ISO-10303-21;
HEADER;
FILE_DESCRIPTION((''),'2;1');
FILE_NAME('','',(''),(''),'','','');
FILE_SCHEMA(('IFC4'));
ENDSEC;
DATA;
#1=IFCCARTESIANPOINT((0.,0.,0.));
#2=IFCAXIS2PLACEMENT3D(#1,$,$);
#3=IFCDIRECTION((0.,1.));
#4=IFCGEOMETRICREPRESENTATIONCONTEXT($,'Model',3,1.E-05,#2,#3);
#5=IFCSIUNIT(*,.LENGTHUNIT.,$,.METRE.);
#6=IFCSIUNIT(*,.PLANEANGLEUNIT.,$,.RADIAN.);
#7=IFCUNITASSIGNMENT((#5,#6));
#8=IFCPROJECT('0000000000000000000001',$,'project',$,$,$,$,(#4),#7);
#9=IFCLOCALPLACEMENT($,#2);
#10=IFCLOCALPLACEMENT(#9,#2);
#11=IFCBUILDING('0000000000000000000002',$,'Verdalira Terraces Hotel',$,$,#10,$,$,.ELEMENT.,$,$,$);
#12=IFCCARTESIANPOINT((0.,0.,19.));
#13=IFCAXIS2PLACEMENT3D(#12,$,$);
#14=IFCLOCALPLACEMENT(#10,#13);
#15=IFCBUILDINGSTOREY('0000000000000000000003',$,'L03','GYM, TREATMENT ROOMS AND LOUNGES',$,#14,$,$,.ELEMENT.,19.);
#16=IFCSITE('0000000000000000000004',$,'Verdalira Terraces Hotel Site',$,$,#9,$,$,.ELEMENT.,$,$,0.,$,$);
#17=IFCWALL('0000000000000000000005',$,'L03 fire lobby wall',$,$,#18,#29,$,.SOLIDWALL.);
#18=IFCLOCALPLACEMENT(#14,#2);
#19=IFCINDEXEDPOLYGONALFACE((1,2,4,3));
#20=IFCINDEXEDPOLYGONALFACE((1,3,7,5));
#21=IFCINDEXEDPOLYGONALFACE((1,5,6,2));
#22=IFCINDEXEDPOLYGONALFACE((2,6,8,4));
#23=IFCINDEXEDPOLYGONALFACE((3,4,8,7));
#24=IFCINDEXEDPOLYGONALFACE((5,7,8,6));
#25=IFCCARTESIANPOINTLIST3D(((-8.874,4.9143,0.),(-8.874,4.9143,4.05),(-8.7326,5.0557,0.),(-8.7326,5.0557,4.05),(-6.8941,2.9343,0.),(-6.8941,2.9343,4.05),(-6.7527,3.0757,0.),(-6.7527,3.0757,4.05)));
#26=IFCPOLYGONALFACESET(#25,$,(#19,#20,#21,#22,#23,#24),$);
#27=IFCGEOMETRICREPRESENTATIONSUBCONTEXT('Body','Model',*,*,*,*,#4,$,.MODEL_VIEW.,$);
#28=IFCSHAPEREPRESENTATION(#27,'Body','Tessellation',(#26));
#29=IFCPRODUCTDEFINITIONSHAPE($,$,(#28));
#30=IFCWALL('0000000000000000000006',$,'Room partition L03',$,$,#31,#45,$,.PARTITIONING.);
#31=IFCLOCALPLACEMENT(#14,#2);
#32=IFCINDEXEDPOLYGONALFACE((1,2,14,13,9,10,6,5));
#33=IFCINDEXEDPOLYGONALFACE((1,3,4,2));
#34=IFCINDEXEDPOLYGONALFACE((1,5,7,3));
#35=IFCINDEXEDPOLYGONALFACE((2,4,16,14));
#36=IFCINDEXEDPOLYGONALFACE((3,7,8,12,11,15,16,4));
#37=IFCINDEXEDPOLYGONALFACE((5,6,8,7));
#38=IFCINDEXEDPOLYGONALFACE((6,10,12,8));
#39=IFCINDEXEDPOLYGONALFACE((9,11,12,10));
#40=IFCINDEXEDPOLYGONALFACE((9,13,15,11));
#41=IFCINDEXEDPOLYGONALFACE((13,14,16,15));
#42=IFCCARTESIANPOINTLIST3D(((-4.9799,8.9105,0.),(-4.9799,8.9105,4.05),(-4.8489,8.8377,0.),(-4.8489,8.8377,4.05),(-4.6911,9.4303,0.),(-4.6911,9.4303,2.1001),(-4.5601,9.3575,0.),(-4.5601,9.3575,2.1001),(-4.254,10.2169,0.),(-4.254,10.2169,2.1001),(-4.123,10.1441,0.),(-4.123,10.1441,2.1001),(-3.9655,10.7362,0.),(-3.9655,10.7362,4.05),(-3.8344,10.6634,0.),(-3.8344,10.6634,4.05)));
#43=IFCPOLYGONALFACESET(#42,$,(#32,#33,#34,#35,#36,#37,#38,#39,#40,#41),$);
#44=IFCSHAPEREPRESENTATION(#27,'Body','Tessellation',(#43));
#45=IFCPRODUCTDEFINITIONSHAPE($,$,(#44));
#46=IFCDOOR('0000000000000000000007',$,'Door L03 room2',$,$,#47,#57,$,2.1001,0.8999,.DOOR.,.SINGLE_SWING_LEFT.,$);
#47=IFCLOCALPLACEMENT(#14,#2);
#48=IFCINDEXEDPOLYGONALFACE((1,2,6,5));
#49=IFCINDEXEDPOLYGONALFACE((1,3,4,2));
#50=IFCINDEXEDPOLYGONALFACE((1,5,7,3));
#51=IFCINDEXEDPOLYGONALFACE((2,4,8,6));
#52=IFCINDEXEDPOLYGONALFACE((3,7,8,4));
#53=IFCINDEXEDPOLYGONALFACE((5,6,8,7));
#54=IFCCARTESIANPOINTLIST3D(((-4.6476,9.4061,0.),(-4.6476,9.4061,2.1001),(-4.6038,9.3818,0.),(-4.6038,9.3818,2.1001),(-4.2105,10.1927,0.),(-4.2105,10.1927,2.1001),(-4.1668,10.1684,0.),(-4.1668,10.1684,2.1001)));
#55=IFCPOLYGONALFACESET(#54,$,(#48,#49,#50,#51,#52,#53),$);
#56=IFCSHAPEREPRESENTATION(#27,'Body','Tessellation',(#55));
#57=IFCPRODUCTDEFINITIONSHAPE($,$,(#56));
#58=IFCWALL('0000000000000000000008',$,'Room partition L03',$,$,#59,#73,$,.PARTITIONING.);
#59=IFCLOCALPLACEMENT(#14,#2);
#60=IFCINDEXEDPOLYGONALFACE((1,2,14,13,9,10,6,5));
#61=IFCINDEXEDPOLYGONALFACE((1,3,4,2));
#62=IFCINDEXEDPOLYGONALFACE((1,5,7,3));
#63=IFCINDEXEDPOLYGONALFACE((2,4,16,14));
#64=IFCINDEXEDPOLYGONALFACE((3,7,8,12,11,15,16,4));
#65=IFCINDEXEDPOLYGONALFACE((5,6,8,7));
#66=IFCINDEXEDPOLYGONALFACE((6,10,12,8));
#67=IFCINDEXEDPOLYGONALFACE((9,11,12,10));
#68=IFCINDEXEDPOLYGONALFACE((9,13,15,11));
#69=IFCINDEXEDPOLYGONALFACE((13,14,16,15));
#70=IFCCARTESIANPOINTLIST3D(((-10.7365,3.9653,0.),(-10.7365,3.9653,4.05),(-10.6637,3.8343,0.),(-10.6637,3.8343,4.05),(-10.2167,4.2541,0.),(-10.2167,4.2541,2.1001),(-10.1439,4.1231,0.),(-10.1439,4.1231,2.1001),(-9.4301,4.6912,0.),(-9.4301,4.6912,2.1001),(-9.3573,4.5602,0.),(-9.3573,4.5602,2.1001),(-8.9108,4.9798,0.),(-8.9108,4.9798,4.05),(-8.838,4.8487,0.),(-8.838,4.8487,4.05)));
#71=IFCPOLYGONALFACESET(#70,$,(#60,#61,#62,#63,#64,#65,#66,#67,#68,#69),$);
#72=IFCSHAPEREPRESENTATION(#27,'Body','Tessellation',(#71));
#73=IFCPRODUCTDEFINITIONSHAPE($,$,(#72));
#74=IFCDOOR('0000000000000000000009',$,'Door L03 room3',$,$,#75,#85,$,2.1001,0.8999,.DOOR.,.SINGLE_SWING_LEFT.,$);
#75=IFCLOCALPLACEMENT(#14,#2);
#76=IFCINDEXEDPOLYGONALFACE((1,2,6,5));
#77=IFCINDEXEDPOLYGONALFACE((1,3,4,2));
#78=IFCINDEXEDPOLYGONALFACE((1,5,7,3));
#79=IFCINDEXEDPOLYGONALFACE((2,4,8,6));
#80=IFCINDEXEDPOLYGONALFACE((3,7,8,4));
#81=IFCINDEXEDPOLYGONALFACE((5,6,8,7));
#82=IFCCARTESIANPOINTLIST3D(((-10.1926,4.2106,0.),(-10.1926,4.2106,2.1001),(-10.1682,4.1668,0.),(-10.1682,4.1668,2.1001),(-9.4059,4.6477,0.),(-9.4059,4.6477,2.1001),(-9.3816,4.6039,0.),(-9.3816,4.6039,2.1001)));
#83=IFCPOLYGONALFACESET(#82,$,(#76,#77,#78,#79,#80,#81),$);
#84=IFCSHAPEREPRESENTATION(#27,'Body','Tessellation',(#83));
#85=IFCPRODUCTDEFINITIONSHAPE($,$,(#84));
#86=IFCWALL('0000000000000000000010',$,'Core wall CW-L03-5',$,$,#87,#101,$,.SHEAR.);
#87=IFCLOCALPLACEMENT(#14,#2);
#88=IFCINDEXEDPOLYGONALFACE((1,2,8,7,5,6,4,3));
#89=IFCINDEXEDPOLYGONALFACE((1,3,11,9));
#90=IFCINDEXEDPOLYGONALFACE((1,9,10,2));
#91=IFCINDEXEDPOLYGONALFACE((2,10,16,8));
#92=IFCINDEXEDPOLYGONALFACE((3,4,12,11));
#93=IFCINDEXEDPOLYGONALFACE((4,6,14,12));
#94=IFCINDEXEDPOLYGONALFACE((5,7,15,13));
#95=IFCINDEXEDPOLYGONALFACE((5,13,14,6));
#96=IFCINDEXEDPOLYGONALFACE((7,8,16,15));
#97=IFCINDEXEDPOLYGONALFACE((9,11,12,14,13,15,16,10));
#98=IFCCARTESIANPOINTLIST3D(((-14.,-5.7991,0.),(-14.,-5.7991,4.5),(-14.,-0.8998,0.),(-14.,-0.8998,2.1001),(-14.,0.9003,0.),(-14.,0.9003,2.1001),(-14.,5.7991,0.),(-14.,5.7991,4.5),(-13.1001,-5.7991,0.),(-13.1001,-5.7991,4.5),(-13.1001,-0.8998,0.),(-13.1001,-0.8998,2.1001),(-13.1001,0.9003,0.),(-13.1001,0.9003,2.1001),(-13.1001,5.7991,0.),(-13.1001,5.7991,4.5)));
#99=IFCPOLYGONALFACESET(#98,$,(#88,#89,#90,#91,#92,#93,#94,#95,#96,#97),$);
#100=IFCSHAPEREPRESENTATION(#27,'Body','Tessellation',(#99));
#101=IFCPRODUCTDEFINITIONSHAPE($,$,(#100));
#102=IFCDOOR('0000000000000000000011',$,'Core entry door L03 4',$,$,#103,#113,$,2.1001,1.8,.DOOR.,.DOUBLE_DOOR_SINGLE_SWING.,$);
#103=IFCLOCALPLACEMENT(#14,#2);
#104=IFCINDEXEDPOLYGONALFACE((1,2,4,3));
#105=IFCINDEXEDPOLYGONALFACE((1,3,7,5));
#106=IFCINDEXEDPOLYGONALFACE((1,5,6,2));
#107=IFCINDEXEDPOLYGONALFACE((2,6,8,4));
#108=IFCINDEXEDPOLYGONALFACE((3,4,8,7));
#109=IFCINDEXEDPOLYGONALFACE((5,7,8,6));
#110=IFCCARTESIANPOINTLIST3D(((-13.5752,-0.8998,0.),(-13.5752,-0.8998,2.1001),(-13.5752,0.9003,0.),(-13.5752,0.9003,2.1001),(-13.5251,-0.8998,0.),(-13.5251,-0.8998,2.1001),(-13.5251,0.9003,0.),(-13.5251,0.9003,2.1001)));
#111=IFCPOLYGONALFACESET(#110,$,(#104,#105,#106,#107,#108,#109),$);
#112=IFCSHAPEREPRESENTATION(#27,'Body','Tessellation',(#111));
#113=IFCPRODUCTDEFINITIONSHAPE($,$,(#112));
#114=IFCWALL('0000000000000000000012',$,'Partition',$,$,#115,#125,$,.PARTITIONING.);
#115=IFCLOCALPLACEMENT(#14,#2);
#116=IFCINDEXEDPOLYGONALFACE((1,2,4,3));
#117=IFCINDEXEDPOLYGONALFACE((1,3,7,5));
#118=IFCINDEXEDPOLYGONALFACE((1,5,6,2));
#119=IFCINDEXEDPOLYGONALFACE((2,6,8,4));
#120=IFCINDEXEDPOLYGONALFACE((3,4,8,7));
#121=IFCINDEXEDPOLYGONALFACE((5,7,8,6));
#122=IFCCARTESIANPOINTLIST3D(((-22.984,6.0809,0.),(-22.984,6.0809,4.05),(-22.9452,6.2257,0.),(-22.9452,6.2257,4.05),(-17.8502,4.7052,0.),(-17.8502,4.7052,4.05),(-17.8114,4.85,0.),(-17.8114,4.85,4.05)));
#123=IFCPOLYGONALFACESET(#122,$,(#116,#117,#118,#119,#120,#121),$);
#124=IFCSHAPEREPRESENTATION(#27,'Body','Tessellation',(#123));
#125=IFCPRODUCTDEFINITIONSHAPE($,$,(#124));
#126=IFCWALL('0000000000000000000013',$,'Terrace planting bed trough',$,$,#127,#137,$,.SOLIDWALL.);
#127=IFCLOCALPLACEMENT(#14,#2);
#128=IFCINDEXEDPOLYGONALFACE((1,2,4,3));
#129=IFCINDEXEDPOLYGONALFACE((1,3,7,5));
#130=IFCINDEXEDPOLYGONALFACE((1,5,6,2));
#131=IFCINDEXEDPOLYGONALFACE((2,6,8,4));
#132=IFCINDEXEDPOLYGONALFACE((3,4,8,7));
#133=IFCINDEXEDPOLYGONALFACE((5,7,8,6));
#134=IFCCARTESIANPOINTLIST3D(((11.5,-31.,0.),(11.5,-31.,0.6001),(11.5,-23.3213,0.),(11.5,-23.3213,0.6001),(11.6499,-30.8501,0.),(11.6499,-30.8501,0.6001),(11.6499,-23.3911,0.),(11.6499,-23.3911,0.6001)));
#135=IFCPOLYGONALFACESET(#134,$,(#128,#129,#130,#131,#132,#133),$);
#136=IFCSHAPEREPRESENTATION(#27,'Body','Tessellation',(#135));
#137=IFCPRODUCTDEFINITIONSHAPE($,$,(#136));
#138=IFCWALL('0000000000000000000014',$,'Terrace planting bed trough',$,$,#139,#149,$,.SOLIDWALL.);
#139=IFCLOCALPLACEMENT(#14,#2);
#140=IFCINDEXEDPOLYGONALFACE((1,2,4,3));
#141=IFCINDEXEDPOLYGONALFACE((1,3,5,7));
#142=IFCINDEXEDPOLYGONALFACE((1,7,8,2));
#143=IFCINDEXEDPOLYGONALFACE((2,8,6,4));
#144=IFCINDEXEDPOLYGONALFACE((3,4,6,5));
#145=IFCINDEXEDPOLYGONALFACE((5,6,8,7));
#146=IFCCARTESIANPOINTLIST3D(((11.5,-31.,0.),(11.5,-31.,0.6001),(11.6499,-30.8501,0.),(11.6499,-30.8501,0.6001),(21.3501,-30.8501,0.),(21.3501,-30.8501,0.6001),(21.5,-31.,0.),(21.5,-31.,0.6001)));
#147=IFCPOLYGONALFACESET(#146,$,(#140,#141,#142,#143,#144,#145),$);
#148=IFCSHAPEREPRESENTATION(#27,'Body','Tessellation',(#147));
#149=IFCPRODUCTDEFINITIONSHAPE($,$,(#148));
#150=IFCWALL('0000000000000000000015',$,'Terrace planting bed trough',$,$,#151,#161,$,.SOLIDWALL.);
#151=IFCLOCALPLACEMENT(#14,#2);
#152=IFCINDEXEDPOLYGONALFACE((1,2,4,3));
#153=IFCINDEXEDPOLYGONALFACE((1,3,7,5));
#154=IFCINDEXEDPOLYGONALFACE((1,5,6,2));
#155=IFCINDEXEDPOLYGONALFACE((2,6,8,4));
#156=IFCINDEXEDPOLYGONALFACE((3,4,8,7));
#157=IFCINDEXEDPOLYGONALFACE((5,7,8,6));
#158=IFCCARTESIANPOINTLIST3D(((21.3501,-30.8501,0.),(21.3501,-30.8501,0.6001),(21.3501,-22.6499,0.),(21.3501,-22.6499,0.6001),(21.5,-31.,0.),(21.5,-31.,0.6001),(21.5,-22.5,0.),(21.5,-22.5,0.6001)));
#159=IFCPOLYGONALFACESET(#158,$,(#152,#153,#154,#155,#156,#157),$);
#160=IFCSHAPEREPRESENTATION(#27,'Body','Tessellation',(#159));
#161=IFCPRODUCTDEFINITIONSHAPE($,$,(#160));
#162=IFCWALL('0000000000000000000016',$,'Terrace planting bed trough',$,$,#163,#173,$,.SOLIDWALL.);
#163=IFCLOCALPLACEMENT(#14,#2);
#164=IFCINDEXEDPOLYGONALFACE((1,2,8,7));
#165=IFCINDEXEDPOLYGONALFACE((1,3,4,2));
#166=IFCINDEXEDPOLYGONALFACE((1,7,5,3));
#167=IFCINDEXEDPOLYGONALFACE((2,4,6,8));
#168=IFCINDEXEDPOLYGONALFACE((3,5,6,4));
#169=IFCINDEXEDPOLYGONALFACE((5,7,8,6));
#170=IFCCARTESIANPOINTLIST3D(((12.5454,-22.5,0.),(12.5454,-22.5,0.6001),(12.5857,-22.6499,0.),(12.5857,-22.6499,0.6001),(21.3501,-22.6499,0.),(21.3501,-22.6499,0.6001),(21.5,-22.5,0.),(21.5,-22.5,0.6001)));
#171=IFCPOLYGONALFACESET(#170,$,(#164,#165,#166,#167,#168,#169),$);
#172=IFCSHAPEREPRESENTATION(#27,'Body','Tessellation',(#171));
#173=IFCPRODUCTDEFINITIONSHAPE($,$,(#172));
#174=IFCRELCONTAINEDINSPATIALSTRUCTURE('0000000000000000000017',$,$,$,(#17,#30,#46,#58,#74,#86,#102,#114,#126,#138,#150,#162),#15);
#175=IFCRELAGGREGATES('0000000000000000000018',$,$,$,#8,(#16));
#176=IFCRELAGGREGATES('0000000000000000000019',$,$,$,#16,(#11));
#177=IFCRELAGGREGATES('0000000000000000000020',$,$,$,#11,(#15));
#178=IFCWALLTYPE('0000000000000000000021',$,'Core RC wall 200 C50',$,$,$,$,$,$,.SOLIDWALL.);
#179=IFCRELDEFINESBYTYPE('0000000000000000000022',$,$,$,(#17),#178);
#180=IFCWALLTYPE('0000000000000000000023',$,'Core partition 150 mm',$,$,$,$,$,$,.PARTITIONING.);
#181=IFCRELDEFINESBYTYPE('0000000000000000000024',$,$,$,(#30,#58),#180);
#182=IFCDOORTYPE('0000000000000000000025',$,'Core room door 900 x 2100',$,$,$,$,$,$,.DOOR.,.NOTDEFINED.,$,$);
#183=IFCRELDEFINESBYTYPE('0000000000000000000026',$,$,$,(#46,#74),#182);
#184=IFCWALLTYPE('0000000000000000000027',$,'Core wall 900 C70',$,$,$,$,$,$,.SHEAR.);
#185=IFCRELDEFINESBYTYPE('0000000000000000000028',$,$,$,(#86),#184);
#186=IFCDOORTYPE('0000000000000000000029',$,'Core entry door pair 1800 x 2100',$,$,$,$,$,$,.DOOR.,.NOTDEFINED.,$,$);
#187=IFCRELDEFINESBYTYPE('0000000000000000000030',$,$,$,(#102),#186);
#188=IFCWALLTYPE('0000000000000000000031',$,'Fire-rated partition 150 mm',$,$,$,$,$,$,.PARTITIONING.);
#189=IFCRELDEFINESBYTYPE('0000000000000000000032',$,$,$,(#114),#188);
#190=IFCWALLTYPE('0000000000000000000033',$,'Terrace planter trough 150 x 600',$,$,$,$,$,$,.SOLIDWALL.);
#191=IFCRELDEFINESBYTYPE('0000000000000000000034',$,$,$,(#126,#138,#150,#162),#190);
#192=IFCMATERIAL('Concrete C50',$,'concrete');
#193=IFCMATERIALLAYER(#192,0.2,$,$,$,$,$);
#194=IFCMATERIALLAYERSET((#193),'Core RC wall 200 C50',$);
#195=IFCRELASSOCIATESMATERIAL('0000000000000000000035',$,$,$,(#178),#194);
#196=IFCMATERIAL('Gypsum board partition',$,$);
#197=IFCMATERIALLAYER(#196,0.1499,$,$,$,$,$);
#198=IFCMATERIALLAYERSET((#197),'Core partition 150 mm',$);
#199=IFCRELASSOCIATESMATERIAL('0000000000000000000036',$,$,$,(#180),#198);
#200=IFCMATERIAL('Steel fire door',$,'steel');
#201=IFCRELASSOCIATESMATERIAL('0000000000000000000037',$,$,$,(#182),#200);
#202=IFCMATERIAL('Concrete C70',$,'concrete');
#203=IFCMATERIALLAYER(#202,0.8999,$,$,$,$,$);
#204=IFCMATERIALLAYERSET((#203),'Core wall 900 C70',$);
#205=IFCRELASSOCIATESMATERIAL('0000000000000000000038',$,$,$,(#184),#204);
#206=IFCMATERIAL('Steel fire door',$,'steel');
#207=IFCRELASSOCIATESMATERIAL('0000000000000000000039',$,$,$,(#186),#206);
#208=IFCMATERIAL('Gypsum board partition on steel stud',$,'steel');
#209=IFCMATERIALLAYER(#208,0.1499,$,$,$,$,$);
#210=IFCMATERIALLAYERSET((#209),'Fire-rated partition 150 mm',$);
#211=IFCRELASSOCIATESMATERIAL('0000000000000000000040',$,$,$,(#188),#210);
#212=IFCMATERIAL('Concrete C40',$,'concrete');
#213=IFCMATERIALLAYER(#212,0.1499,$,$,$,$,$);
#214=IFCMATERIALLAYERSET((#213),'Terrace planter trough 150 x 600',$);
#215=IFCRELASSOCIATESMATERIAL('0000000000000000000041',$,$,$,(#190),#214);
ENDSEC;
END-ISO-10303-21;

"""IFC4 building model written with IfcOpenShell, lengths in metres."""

from ifc_helpers import new_model, si_unit, direction, frame, frame_2d, origin, place, context, subcontext, project, spatial, polyline, rectangle, outline, extrude, material, layer, layer_set, type_object, element, fill, save


model = new_model("IFC4")

# Units and contexts
model_context = context("Model", 3, precision=1e-05, world=origin(), true_north=direction((0.0, 1.0)))
body_context = subcontext(model_context, "Body", "Model", "MODEL_VIEW")
ifc_project = project(units=[si_unit("LENGTHUNIT", "METRE"), si_unit("PLANEANGLEUNIT", "RADIAN")], contexts=[model_context])

# Site, building, storey
site_placement = place(None, origin())
site = spatial("IfcSite", under=ifc_project, at=site_placement, Name="Verdalira Terraces Hotel Site", CompositionType="ELEMENT", RefElevation=0.0)
building_placement = place(site_placement, origin())
building = spatial("IfcBuilding", under=site, at=building_placement, Name="Verdalira Terraces Hotel", CompositionType="ELEMENT")
storey_placement = place(building_placement, frame((0.0, 0.0, 19.0)))
storey = spatial("IfcBuildingStorey", under=building, at=storey_placement, Name="L03", Description="GYM, TREATMENT ROOMS AND LOUNGES", CompositionType="ELEMENT", Elevation=19.0)

# Shared definitions
ifc_material_1 = material(Name="Concrete C50", Category="concrete")
ifc_layer_1 = layer(ifc_material_1, 0.2)
ifc_layer_set_1 = layer_set([ifc_layer_1], Name="Core RC wall 200 C50")
wall_type_1 = type_object("IfcWallType", Name="Core RC wall 200 C50", PredefinedType="SOLIDWALL", material=ifc_layer_set_1)

# Wall
for number, where, z_axis, x_axis, name in (
    (1, (-6.8235, 3.0051, 0.0), (0.0, 0.0, 1.0), (-0.707107, 0.707107, 0.0), "L03 fire lobby wall"),
):
    element("IfcWall", number, at=place(storey_placement, frame(where, z_axis=z_axis, x_axis=x_axis)), inside=storey, type_object=wall_type_1, Name=name, PredefinedType="SOLIDWALL", context=body_context, shape_type="SweptSolid", body=[
        extrude(rectangle(XDim=2.8, YDim=0.2, at=frame_2d((1.3999, 0.0))), origin(), (0.0, 0.0, 1.0), 4.05),
    ])

# Walls, openings, doors
ifc_material_2 = material(Name="Gypsum board partition")
ifc_layer_2 = layer(ifc_material_2, 0.1499)
ifc_layer_set_2 = layer_set([ifc_layer_2], Name="Core partition 150 mm")
wall_type_2 = type_object("IfcWallType", Name="Core partition 150 mm", PredefinedType="PARTITIONING", material=ifc_layer_set_2)
wall_1_placement = place(storey_placement, frame((-3.8999, 10.7, 0.0), z_axis=(0.0, 0.0, 1.0), x_axis=(-0.485693, -0.87413, 0.0)))
wall_1 = element("IfcWall", 2, at=wall_1_placement, inside=storey, type_object=wall_type_2, Name="Room partition L03", PredefinedType="PARTITIONING", context=body_context, shape_type="SweptSolid", body=[
    extrude(rectangle(XDim=2.0886, YDim=0.1499, at=frame_2d((1.0444, 0.0))), origin(), (0.0, 0.0, 1.0), 4.05),
])
opening_1_placement = place(wall_1_placement, frame((0.5942, 0.0, 0.0)))
opening_1 = element("IfcOpeningElement", 3, at=opening_1_placement, cuts=wall_1, PredefinedType="OPENING", context=body_context, shape_type="SweptSolid", body=[
    extrude(rectangle(XDim=0.8999, YDim=2.1001, at=frame_2d((0.45, 1.05))), frame((0.0, 0.085, 0.0), z_axis=(0.0, -1.0, 0.0), x_axis=(1.0, 0.0, 0.0)), (0.0, 0.0, 1.0), 0.1699),
])
ifc_material_3 = material(Name="Steel fire door", Category="steel")
door_type_1 = type_object("IfcDoorType", Name="Core room door 900 x 2100", OperationType="NOTDEFINED", PredefinedType="DOOR", material=ifc_material_3)
door_1_placement = place(opening_1_placement, origin())
door_1 = element("IfcDoor", 4, at=door_1_placement, inside=storey, type_object=door_type_1, Name="Door L03 room2", OperationType="SINGLE_SWING_LEFT", OverallHeight=2.1001, OverallWidth=0.8999, PredefinedType="DOOR", context=body_context, shape_type="SweptSolid", body=[
    extrude(rectangle(XDim=0.8999, YDim=2.1001, at=frame_2d((0.45, 1.05))), frame((0.0, 0.0249, 0.0), z_axis=(0.0, -1.0, 0.0), x_axis=(1.0, 0.0, 0.0)), (0.0, 0.0, 1.0), 0.05),
])
fill(opening_1, door_1)
wall_2_placement = place(storey_placement, frame((-8.8743, 4.9143, 0.0), z_axis=(0.0, 0.0, 1.0), x_axis=(-0.87413, -0.485693, 0.0)))
wall_2 = element("IfcWall", 5, at=wall_2_placement, inside=storey, type_object=wall_type_2, Name="Room partition L03", PredefinedType="PARTITIONING", context=body_context, shape_type="SweptSolid", body=[
    extrude(rectangle(XDim=2.0886, YDim=0.1499, at=frame_2d((1.0444, 0.0))), origin(), (0.0, 0.0, 1.0), 4.05),
])
opening_2_placement = place(wall_2_placement, frame((0.5942, 0.0, 0.0)))
opening_2 = element("IfcOpeningElement", 6, at=opening_2_placement, cuts=wall_2, PredefinedType="OPENING", context=body_context, shape_type="SweptSolid", body=[
    extrude(rectangle(XDim=0.8999, YDim=2.1001, at=frame_2d((0.45, 1.05))), frame((0.0, 0.085, 0.0), z_axis=(0.0, -1.0, 0.0), x_axis=(1.0, 0.0, 0.0)), (0.0, 0.0, 1.0), 0.1699),
])
door_2_placement = place(opening_2_placement, origin())
door_2 = element("IfcDoor", 7, at=door_2_placement, inside=storey, type_object=door_type_1, Name="Door L03 room3", OperationType="SINGLE_SWING_LEFT", OverallHeight=2.1001, OverallWidth=0.8999, PredefinedType="DOOR", context=body_context, shape_type="SweptSolid", body=[
    extrude(rectangle(XDim=0.8999, YDim=2.1001, at=frame_2d((0.45, 1.05))), frame((0.0, 0.0249, 0.0), z_axis=(0.0, -1.0, 0.0), x_axis=(1.0, 0.0, 0.0)), (0.0, 0.0, 1.0), 0.05),
])
fill(opening_2, door_2)
ifc_material_4 = material(Name="Concrete C70", Category="concrete")
ifc_layer_3 = layer(ifc_material_4, 0.8999)
ifc_layer_set_3 = layer_set([ifc_layer_3], Name="Core wall 900 C70")
wall_type_3 = type_object("IfcWallType", Name="Core wall 900 C70", PredefinedType="SHEAR", material=ifc_layer_set_3)
wall_3_placement = place(storey_placement, frame((-13.55, 5.7991, 0.0), z_axis=(0.0, 0.0, 1.0), x_axis=(0.0, -1.0, 0.0)))
wall_3 = element("IfcWall", 8, at=wall_3_placement, inside=storey, type_object=wall_type_3, Name="Core wall CW-L03-5", PredefinedType="SHEAR", context=body_context, shape_type="SweptSolid", body=[
    extrude(rectangle(XDim=11.5981, YDim=0.8999, at=frame_2d((5.7991, 0.0))), origin(), (0.0, 0.0, 1.0), 4.5),
])
opening_3_placement = place(wall_3_placement, frame((4.8989, 0.0, 0.0)))
opening_3 = element("IfcOpeningElement", 9, at=opening_3_placement, cuts=wall_3, PredefinedType="OPENING", context=body_context, shape_type="SweptSolid", body=[
    extrude(rectangle(XDim=1.8, YDim=2.1001, at=frame_2d((0.8999, 1.05))), frame((0.0, 0.46, 0.0), z_axis=(0.0, -1.0, 0.0), x_axis=(1.0, 0.0, 0.0)), (0.0, 0.0, 1.0), 0.9199),
])
ifc_material_5 = material(Name="Steel fire door", Category="steel")
door_type_2 = type_object("IfcDoorType", Name="Core entry door pair 1800 x 2100", OperationType="NOTDEFINED", PredefinedType="DOOR", material=ifc_material_5)
door_3_placement = place(opening_3_placement, origin())
door_3 = element("IfcDoor", 10, at=door_3_placement, inside=storey, type_object=door_type_2, Name="Core entry door L03 4", OperationType="DOUBLE_DOOR_SINGLE_SWING", OverallHeight=2.1001, OverallWidth=1.8, PredefinedType="DOOR", context=body_context, shape_type="SweptSolid", body=[
    extrude(rectangle(XDim=1.8, YDim=2.1001, at=frame_2d((0.8999, 1.05))), frame((0.0, 0.0249, 0.0), z_axis=(0.0, -1.0, 0.0), x_axis=(1.0, 0.0, 0.0)), (0.0, 0.0, 1.0), 0.05),
])
fill(opening_3, door_3)

# Walls
ifc_material_6 = material(Name="Gypsum board partition on steel stud", Category="steel")
ifc_layer_4 = layer(ifc_material_6, 0.1499)
ifc_layer_set_4 = layer_set([ifc_layer_4], Name="Fire-rated partition 150 mm")
wall_type_4 = type_object("IfcWallType", Name="Fire-rated partition 150 mm", PredefinedType="PARTITIONING", material=ifc_layer_set_4)
wall_4_placement = place(storey_placement, frame((-22.9646, 6.1533, 0.0), z_axis=(0.0, 0.0, 1.0), x_axis=(0.965919, -0.258843, 0.0)))
element("IfcWall", 11, at=wall_4_placement, inside=storey, type_object=wall_type_4, Name="Partition", PredefinedType="PARTITIONING", context=body_context, shape_type="SweptSolid", body=[
    extrude(rectangle(XDim=5.3149, YDim=0.1499, at=frame_2d((2.6575, 0.0))), origin(), (0.0, 0.0, 1.0), 4.05),
])
ifc_material_7 = material(Name="Concrete C40", Category="concrete")
ifc_layer_5 = layer(ifc_material_7, 0.1499)
ifc_layer_set_5 = layer_set([ifc_layer_5], Name="Terrace planter trough 150 x 600")
wall_type_5 = type_object("IfcWallType", Name="Terrace planter trough 150 x 600", PredefinedType="SOLIDWALL", material=ifc_layer_set_5)
wall_5_placement = place(storey_placement, origin())
element("IfcWall", 12, at=wall_5_placement, inside=storey, type_object=wall_type_5, Name="Terrace planting bed trough", PredefinedType="SOLIDWALL", context=body_context, shape_type="SweptSolid", body=[
    extrude(outline(polyline([(11.5, -23.3213), (11.5, -31.0), (11.6499, -30.8501), (11.6499, -23.3911), (11.5, -23.3213)])), origin(), (0.0, 0.0, 1.0), 0.6001),
])
wall_6_placement = place(storey_placement, origin())
element("IfcWall", 13, at=wall_6_placement, inside=storey, type_object=wall_type_5, Name="Terrace planting bed trough", PredefinedType="SOLIDWALL", context=body_context, shape_type="SweptSolid", body=[
    extrude(outline(polyline([(11.5, -31.0), (21.5, -31.0), (21.3501, -30.8501), (11.6499, -30.8501), (11.5, -31.0)])), origin(), (0.0, 0.0, 1.0), 0.6001),
])
wall_7_placement = place(storey_placement, origin())
element("IfcWall", 14, at=wall_7_placement, inside=storey, type_object=wall_type_5, Name="Terrace planting bed trough", PredefinedType="SOLIDWALL", context=body_context, shape_type="SweptSolid", body=[
    extrude(outline(polyline([(21.5, -31.0), (21.5, -22.5), (21.3501, -22.6499), (21.3501, -30.8501), (21.5, -31.0)])), origin(), (0.0, 0.0, 1.0), 0.6001),
])
wall_8_placement = place(storey_placement, origin())
element("IfcWall", 15, at=wall_8_placement, inside=storey, type_object=wall_type_5, Name="Terrace planting bed trough", PredefinedType="SOLIDWALL", context=body_context, shape_type="SweptSolid", body=[
    extrude(outline(polyline([(21.5, -22.5), (12.5454, -22.5), (12.5857, -22.6499), (21.3501, -22.6499), (21.5, -22.5)])), origin(), (0.0, 0.0, 1.0), 0.6001),
])

save(model, "model.ifc")
